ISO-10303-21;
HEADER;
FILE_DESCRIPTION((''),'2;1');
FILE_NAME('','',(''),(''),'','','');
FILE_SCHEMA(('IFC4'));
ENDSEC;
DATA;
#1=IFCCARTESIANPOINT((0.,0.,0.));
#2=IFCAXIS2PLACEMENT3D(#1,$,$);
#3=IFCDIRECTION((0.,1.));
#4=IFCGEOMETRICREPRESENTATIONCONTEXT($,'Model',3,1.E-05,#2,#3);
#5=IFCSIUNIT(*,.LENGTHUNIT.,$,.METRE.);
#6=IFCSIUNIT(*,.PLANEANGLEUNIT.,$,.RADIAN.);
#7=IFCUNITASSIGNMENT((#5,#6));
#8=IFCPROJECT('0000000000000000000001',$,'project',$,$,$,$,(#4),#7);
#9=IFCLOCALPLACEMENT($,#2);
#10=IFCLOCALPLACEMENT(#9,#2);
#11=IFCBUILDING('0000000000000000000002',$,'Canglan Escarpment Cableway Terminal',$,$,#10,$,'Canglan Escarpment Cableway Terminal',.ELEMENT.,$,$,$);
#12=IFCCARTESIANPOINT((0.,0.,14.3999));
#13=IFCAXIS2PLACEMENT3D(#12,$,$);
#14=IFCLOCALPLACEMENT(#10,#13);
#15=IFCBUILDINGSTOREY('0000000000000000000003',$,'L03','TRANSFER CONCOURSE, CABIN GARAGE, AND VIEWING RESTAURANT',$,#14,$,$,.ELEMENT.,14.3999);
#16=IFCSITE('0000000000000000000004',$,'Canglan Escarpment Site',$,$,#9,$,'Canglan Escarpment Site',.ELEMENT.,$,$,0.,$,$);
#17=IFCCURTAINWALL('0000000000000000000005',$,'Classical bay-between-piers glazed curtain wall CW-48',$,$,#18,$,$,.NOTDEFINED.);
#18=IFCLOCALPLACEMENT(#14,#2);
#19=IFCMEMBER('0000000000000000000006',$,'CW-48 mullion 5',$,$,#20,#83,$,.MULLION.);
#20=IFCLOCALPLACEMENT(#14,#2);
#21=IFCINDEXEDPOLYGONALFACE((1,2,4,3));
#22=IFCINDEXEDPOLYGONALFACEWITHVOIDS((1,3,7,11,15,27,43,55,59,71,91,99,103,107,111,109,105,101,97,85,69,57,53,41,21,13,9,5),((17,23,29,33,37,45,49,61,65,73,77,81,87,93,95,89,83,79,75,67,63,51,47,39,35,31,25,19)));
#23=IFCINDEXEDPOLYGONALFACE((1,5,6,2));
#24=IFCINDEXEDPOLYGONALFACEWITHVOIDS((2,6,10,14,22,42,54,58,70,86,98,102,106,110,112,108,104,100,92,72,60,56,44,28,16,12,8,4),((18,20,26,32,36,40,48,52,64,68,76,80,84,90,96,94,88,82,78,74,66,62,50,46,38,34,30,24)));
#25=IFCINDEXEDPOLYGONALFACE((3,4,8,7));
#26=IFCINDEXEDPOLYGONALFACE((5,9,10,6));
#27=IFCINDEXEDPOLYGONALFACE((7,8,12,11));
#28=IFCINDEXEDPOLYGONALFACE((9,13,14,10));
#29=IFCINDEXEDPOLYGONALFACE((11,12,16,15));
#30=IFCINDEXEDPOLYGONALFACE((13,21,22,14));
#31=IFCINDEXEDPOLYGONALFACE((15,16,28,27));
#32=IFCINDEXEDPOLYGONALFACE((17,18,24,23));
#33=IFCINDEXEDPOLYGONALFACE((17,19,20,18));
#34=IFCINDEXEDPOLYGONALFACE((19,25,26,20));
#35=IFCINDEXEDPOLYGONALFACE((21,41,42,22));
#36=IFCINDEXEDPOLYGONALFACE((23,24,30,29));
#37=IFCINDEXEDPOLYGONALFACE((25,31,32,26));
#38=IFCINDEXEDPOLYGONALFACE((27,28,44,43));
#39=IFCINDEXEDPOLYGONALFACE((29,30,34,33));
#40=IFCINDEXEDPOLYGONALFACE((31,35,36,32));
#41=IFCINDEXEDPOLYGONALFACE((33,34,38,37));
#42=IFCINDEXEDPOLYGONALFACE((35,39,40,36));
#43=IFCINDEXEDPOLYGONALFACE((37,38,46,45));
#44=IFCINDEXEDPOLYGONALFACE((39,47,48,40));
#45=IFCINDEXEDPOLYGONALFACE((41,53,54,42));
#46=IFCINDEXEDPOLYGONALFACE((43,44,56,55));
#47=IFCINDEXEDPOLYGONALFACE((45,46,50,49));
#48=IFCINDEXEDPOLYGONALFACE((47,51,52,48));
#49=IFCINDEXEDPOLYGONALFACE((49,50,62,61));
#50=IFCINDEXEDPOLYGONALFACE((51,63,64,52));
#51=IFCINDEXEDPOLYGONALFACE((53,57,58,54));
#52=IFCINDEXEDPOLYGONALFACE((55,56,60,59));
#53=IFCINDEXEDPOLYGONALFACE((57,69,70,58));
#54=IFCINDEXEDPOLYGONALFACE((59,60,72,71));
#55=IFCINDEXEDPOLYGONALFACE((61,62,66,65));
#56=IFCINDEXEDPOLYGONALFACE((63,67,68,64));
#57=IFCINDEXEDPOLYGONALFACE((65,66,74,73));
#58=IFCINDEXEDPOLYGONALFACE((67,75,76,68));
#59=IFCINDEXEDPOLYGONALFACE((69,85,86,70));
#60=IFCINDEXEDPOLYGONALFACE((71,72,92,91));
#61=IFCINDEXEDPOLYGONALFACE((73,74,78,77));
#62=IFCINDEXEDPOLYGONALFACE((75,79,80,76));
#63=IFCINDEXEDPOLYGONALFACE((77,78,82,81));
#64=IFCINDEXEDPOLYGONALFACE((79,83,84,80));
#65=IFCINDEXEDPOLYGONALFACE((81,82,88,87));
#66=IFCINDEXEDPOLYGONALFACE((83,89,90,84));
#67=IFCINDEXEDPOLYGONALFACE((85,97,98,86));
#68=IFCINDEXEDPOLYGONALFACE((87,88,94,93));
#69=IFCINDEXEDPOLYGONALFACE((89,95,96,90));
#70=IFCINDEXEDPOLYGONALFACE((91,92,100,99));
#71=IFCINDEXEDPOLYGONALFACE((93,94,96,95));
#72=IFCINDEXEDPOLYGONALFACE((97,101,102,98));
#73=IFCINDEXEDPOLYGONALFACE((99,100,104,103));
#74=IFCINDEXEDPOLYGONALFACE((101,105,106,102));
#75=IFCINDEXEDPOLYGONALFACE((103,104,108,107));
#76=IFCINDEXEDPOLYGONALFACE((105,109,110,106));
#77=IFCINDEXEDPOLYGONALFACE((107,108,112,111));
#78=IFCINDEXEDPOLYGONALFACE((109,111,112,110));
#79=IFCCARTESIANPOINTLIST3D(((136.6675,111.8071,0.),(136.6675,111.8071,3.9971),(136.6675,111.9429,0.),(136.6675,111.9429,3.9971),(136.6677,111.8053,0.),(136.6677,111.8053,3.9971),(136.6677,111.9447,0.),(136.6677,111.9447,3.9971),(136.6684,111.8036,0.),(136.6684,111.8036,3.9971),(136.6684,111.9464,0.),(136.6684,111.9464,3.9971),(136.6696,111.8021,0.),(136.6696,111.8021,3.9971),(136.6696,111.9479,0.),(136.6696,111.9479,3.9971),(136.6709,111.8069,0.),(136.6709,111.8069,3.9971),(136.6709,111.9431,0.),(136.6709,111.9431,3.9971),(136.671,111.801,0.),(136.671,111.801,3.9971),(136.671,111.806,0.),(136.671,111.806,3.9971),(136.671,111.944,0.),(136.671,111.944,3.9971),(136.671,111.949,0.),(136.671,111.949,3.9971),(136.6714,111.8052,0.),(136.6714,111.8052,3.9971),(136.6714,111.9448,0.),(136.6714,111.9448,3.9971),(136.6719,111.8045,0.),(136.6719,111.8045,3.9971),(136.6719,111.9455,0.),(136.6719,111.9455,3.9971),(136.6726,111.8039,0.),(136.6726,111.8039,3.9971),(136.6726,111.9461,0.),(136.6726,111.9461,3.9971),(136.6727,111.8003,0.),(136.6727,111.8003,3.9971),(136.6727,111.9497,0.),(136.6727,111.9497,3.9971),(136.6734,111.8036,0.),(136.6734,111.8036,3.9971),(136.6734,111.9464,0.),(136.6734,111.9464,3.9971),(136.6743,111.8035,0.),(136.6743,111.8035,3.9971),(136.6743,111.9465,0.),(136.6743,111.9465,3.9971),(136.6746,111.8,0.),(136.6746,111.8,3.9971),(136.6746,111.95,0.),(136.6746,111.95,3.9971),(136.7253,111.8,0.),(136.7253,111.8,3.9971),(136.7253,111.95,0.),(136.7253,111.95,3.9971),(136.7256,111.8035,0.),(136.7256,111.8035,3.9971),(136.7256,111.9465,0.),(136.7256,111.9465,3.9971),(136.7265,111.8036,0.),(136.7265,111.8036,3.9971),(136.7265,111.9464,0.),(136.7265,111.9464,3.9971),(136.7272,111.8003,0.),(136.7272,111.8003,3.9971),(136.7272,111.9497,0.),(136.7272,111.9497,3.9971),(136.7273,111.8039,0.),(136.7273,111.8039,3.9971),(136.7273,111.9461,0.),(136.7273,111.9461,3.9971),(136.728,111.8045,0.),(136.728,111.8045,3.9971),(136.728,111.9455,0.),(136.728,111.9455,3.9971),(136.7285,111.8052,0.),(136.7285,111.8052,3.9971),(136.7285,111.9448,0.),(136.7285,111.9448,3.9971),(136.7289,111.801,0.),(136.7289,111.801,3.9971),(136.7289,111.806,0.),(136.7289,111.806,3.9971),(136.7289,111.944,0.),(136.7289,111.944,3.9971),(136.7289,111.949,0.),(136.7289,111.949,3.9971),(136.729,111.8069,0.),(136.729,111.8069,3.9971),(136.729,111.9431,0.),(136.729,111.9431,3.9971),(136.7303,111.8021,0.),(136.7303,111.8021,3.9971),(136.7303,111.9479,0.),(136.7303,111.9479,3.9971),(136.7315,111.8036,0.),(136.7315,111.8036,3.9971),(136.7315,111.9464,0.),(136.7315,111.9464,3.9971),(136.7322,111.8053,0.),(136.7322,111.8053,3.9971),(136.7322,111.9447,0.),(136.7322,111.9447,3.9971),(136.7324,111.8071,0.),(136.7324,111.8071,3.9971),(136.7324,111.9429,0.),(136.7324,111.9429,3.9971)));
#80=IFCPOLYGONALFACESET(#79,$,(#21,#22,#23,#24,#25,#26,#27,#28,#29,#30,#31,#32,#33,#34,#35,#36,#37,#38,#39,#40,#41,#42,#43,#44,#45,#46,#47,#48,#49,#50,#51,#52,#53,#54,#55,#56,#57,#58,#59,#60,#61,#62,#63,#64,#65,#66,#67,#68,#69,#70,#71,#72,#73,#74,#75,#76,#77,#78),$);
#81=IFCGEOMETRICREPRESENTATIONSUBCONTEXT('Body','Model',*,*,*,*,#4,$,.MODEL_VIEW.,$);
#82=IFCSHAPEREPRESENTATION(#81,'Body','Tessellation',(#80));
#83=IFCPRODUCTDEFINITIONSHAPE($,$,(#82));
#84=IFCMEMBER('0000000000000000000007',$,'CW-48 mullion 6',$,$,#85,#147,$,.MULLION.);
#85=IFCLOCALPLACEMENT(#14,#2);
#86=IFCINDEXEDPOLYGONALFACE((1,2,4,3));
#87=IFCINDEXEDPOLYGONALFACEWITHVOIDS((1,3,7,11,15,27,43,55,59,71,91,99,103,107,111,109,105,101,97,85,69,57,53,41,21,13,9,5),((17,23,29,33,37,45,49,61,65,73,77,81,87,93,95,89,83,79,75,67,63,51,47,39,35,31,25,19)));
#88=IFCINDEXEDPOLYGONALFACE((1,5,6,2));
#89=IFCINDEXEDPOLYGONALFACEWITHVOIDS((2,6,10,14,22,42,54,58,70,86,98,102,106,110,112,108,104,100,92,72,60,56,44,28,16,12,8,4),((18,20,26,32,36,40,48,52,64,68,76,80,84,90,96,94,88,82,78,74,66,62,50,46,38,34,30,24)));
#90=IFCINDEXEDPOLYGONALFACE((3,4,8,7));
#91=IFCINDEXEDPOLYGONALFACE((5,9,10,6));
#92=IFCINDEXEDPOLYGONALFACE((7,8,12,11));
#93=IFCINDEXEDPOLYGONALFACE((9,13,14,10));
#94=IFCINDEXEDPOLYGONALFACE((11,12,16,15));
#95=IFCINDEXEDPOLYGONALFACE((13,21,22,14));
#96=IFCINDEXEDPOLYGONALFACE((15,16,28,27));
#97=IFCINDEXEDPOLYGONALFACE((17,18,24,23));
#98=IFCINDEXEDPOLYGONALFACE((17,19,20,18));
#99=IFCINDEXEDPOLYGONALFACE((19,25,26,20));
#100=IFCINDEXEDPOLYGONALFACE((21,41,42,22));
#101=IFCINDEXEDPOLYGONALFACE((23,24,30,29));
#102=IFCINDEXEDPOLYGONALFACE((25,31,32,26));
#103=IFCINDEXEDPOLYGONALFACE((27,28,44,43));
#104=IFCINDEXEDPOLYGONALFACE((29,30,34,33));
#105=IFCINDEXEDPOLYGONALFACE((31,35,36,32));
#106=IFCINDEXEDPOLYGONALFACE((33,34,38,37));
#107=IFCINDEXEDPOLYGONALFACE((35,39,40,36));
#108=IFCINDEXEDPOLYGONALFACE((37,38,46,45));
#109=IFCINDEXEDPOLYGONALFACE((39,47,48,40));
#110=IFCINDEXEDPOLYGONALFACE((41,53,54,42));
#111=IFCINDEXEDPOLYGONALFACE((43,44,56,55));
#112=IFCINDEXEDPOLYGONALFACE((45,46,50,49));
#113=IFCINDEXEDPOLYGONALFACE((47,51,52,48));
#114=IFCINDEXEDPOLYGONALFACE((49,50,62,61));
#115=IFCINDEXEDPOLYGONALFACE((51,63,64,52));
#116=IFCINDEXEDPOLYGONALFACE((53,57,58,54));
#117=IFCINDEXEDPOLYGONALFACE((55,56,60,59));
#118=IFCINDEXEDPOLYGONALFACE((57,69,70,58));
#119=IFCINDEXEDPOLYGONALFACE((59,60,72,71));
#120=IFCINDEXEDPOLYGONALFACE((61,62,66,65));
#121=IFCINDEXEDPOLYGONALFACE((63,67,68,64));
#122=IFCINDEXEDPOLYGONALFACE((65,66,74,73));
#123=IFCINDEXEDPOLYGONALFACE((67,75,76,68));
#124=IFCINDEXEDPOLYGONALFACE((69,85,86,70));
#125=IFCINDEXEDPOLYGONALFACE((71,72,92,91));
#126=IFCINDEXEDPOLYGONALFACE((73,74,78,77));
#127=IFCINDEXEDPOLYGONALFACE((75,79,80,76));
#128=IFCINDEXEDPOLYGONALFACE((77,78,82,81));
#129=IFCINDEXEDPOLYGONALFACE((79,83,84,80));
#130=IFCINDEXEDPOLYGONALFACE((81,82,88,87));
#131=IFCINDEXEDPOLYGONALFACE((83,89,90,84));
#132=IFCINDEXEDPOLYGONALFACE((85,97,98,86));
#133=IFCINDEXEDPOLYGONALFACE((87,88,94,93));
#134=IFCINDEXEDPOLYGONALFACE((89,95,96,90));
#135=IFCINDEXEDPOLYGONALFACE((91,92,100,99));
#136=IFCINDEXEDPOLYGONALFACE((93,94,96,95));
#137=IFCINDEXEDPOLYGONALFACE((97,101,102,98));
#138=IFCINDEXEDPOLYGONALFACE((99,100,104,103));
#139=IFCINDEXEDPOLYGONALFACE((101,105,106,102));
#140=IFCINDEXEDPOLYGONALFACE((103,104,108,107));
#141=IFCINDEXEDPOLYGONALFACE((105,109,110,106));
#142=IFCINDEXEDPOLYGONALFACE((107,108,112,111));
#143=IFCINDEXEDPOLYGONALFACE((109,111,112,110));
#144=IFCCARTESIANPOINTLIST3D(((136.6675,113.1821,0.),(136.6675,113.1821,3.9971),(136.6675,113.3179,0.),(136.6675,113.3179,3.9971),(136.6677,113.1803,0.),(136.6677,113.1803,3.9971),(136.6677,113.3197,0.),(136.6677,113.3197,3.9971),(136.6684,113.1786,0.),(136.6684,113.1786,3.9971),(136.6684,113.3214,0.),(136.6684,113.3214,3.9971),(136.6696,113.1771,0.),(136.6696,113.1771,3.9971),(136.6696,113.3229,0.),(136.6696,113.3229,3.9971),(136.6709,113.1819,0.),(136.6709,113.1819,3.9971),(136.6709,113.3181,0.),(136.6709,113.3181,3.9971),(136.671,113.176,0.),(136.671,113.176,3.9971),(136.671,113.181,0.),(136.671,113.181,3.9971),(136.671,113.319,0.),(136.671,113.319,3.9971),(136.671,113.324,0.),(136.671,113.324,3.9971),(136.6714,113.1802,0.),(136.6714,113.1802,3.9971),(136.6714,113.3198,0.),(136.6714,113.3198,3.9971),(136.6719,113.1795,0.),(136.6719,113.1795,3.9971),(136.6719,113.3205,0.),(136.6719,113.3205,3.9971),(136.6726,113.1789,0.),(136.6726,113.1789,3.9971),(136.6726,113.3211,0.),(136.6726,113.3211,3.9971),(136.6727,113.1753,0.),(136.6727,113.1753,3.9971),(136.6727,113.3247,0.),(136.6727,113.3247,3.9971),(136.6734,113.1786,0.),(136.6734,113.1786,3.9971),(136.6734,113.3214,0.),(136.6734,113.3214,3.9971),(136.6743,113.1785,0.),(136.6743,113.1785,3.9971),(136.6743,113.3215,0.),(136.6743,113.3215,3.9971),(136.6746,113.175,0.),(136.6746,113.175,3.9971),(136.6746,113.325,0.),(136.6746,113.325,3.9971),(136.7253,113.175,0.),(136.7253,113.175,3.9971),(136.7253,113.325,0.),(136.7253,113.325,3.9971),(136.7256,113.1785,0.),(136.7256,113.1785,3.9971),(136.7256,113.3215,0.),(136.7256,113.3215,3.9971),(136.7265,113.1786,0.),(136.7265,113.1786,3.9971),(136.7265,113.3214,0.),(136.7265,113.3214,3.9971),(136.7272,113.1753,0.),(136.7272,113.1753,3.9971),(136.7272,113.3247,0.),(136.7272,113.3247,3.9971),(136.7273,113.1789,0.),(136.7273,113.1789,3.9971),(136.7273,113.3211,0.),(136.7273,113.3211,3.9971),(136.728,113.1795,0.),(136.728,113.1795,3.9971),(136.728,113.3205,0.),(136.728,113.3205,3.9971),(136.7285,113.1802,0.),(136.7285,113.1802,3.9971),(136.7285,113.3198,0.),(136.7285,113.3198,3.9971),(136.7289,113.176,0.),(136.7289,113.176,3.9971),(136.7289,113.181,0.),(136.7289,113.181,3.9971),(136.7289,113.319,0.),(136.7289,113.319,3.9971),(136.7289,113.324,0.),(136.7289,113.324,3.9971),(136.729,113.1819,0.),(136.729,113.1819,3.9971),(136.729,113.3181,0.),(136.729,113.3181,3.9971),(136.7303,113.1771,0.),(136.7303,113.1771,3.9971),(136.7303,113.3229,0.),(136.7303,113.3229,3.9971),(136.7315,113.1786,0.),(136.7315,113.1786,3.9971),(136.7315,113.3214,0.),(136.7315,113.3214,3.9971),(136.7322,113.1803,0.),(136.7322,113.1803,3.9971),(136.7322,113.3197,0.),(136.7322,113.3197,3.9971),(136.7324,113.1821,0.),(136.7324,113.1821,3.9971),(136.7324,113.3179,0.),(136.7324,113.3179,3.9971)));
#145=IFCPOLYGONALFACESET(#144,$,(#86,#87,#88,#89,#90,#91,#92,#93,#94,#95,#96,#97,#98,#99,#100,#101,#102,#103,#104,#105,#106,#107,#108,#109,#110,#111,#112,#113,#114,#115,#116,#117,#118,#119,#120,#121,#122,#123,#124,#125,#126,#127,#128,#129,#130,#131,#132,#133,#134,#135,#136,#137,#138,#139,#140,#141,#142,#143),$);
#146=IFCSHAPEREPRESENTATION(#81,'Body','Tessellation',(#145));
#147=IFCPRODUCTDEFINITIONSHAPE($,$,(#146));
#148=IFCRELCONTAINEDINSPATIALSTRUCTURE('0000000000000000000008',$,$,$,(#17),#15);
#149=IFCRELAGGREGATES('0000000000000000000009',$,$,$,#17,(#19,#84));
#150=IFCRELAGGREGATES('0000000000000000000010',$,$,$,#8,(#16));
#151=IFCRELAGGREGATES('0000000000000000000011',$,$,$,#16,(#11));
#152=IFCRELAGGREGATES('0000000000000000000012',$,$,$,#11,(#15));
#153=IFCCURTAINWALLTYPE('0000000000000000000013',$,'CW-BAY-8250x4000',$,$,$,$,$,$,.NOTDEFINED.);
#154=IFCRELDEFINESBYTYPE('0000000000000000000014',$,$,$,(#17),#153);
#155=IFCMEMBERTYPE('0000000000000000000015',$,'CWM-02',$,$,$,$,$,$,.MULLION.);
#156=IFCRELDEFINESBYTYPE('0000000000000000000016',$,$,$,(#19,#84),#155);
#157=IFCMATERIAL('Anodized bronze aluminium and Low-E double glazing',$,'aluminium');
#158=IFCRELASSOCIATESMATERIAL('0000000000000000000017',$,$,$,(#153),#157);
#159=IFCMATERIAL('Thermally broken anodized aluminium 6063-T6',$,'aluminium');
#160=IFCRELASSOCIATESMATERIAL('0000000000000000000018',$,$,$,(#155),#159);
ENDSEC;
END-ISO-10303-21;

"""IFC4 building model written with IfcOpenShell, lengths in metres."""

from ifc_helpers import new_model, si_unit, direction, frame, origin, origin_2d, place, context, subcontext, project, spatial, hollow_rectangle, extrude, material, material_profile, profile_set, type_object, element, aggregate, save


model = new_model("IFC4")

# Units and contexts
model_context = context("Model", 3, precision=1e-05, world=origin(), true_north=direction((0.0, 1.0)))
body_context = subcontext(model_context, "Body", "Model", "MODEL_VIEW")
ifc_project = project(units=[si_unit("LENGTHUNIT", "METRE"), si_unit("PLANEANGLEUNIT", "RADIAN")], contexts=[model_context])

# Site, building, storey
site_placement = place(None, origin())
site = spatial("IfcSite", under=ifc_project, at=site_placement, Name="Canglan Escarpment Site", LongName="Canglan Escarpment Site", CompositionType="ELEMENT", RefElevation=0.0)
building_placement = place(site_placement, origin())
building = spatial("IfcBuilding", under=site, at=building_placement, Name="Canglan Escarpment Cableway Terminal", LongName="Canglan Escarpment Cableway Terminal", CompositionType="ELEMENT")
storey_placement = place(building_placement, frame((0.0, 0.0, 14.3999)))
storey = spatial("IfcBuildingStorey", under=building, at=storey_placement, Name="L03", Description="TRANSFER CONCOURSE, CABIN GARAGE, AND VIEWING RESTAURANT", CompositionType="ELEMENT", Elevation=14.3999)

# Curtain wall, members
ifc_material_1 = material(Name="Anodized bronze aluminium and Low-E double glazing", Category="aluminium")
curtain_wall_type_1 = type_object("IfcCurtainWallType", Name="CW-BAY-8250x4000", PredefinedType="NOTDEFINED", material=ifc_material_1)
curtain_wall_1_placement = place(storey_placement, origin())
curtain_wall_1 = element("IfcCurtainWall", 1, at=curtain_wall_1_placement, inside=storey, type_object=curtain_wall_type_1, Name="Classical bay-between-piers glazed curtain wall CW-48", PredefinedType="NOTDEFINED")
ifc_material_2 = material(Name="Thermally broken anodized aluminium 6063-T6", Category="aluminium")
ifc_material_profile_1 = material_profile(ifc_material_2, hollow_rectangle(XDim=0.0649, YDim=0.1499, WallThickness=0.0034, InnerFilletRadius=0.0034, OuterFilletRadius=0.0071, at=origin_2d()), Name="ALU-MULL 65x150x3.5")
ifc_profile_set_1 = profile_set([ifc_material_profile_1], Name="Thermally broken anodized aluminium 6063-T6")
member_type_1 = type_object("IfcMemberType", Name="CWM-02", PredefinedType="MULLION", material=ifc_profile_set_1)
member_1_placement = place(storey_placement, frame((136.7, 111.875, 0.0), z_axis=(0.0, 0.0, 1.0), x_axis=(-1.0, 0.0, 0.0)))
member_1 = element("IfcMember", 2, at=member_1_placement, type_object=member_type_1, Name="CW-48 mullion 5", PredefinedType="MULLION", context=body_context, shape_type="SweptSolid", body=[
    extrude(hollow_rectangle(XDim=0.0649, YDim=0.1499, WallThickness=0.0034, InnerFilletRadius=0.0034, OuterFilletRadius=0.0071, at=origin_2d()), origin(), (0.0, 0.0, 1.0), 3.9971),
])
member_2_placement = place(storey_placement, frame((136.7, 113.25, 0.0), z_axis=(0.0, 0.0, 1.0), x_axis=(-1.0, 0.0, 0.0)))
member_2 = element("IfcMember", 3, at=member_2_placement, type_object=member_type_1, Name="CW-48 mullion 6", PredefinedType="MULLION", context=body_context, shape_type="SweptSolid", body=[
    extrude(hollow_rectangle(XDim=0.0649, YDim=0.1499, WallThickness=0.0034, InnerFilletRadius=0.0034, OuterFilletRadius=0.0071, at=origin_2d()), origin(), (0.0, 0.0, 1.0), 3.9971),
])
aggregate(curtain_wall_1, [member_1, member_2])

save(model, "model.ifc")
